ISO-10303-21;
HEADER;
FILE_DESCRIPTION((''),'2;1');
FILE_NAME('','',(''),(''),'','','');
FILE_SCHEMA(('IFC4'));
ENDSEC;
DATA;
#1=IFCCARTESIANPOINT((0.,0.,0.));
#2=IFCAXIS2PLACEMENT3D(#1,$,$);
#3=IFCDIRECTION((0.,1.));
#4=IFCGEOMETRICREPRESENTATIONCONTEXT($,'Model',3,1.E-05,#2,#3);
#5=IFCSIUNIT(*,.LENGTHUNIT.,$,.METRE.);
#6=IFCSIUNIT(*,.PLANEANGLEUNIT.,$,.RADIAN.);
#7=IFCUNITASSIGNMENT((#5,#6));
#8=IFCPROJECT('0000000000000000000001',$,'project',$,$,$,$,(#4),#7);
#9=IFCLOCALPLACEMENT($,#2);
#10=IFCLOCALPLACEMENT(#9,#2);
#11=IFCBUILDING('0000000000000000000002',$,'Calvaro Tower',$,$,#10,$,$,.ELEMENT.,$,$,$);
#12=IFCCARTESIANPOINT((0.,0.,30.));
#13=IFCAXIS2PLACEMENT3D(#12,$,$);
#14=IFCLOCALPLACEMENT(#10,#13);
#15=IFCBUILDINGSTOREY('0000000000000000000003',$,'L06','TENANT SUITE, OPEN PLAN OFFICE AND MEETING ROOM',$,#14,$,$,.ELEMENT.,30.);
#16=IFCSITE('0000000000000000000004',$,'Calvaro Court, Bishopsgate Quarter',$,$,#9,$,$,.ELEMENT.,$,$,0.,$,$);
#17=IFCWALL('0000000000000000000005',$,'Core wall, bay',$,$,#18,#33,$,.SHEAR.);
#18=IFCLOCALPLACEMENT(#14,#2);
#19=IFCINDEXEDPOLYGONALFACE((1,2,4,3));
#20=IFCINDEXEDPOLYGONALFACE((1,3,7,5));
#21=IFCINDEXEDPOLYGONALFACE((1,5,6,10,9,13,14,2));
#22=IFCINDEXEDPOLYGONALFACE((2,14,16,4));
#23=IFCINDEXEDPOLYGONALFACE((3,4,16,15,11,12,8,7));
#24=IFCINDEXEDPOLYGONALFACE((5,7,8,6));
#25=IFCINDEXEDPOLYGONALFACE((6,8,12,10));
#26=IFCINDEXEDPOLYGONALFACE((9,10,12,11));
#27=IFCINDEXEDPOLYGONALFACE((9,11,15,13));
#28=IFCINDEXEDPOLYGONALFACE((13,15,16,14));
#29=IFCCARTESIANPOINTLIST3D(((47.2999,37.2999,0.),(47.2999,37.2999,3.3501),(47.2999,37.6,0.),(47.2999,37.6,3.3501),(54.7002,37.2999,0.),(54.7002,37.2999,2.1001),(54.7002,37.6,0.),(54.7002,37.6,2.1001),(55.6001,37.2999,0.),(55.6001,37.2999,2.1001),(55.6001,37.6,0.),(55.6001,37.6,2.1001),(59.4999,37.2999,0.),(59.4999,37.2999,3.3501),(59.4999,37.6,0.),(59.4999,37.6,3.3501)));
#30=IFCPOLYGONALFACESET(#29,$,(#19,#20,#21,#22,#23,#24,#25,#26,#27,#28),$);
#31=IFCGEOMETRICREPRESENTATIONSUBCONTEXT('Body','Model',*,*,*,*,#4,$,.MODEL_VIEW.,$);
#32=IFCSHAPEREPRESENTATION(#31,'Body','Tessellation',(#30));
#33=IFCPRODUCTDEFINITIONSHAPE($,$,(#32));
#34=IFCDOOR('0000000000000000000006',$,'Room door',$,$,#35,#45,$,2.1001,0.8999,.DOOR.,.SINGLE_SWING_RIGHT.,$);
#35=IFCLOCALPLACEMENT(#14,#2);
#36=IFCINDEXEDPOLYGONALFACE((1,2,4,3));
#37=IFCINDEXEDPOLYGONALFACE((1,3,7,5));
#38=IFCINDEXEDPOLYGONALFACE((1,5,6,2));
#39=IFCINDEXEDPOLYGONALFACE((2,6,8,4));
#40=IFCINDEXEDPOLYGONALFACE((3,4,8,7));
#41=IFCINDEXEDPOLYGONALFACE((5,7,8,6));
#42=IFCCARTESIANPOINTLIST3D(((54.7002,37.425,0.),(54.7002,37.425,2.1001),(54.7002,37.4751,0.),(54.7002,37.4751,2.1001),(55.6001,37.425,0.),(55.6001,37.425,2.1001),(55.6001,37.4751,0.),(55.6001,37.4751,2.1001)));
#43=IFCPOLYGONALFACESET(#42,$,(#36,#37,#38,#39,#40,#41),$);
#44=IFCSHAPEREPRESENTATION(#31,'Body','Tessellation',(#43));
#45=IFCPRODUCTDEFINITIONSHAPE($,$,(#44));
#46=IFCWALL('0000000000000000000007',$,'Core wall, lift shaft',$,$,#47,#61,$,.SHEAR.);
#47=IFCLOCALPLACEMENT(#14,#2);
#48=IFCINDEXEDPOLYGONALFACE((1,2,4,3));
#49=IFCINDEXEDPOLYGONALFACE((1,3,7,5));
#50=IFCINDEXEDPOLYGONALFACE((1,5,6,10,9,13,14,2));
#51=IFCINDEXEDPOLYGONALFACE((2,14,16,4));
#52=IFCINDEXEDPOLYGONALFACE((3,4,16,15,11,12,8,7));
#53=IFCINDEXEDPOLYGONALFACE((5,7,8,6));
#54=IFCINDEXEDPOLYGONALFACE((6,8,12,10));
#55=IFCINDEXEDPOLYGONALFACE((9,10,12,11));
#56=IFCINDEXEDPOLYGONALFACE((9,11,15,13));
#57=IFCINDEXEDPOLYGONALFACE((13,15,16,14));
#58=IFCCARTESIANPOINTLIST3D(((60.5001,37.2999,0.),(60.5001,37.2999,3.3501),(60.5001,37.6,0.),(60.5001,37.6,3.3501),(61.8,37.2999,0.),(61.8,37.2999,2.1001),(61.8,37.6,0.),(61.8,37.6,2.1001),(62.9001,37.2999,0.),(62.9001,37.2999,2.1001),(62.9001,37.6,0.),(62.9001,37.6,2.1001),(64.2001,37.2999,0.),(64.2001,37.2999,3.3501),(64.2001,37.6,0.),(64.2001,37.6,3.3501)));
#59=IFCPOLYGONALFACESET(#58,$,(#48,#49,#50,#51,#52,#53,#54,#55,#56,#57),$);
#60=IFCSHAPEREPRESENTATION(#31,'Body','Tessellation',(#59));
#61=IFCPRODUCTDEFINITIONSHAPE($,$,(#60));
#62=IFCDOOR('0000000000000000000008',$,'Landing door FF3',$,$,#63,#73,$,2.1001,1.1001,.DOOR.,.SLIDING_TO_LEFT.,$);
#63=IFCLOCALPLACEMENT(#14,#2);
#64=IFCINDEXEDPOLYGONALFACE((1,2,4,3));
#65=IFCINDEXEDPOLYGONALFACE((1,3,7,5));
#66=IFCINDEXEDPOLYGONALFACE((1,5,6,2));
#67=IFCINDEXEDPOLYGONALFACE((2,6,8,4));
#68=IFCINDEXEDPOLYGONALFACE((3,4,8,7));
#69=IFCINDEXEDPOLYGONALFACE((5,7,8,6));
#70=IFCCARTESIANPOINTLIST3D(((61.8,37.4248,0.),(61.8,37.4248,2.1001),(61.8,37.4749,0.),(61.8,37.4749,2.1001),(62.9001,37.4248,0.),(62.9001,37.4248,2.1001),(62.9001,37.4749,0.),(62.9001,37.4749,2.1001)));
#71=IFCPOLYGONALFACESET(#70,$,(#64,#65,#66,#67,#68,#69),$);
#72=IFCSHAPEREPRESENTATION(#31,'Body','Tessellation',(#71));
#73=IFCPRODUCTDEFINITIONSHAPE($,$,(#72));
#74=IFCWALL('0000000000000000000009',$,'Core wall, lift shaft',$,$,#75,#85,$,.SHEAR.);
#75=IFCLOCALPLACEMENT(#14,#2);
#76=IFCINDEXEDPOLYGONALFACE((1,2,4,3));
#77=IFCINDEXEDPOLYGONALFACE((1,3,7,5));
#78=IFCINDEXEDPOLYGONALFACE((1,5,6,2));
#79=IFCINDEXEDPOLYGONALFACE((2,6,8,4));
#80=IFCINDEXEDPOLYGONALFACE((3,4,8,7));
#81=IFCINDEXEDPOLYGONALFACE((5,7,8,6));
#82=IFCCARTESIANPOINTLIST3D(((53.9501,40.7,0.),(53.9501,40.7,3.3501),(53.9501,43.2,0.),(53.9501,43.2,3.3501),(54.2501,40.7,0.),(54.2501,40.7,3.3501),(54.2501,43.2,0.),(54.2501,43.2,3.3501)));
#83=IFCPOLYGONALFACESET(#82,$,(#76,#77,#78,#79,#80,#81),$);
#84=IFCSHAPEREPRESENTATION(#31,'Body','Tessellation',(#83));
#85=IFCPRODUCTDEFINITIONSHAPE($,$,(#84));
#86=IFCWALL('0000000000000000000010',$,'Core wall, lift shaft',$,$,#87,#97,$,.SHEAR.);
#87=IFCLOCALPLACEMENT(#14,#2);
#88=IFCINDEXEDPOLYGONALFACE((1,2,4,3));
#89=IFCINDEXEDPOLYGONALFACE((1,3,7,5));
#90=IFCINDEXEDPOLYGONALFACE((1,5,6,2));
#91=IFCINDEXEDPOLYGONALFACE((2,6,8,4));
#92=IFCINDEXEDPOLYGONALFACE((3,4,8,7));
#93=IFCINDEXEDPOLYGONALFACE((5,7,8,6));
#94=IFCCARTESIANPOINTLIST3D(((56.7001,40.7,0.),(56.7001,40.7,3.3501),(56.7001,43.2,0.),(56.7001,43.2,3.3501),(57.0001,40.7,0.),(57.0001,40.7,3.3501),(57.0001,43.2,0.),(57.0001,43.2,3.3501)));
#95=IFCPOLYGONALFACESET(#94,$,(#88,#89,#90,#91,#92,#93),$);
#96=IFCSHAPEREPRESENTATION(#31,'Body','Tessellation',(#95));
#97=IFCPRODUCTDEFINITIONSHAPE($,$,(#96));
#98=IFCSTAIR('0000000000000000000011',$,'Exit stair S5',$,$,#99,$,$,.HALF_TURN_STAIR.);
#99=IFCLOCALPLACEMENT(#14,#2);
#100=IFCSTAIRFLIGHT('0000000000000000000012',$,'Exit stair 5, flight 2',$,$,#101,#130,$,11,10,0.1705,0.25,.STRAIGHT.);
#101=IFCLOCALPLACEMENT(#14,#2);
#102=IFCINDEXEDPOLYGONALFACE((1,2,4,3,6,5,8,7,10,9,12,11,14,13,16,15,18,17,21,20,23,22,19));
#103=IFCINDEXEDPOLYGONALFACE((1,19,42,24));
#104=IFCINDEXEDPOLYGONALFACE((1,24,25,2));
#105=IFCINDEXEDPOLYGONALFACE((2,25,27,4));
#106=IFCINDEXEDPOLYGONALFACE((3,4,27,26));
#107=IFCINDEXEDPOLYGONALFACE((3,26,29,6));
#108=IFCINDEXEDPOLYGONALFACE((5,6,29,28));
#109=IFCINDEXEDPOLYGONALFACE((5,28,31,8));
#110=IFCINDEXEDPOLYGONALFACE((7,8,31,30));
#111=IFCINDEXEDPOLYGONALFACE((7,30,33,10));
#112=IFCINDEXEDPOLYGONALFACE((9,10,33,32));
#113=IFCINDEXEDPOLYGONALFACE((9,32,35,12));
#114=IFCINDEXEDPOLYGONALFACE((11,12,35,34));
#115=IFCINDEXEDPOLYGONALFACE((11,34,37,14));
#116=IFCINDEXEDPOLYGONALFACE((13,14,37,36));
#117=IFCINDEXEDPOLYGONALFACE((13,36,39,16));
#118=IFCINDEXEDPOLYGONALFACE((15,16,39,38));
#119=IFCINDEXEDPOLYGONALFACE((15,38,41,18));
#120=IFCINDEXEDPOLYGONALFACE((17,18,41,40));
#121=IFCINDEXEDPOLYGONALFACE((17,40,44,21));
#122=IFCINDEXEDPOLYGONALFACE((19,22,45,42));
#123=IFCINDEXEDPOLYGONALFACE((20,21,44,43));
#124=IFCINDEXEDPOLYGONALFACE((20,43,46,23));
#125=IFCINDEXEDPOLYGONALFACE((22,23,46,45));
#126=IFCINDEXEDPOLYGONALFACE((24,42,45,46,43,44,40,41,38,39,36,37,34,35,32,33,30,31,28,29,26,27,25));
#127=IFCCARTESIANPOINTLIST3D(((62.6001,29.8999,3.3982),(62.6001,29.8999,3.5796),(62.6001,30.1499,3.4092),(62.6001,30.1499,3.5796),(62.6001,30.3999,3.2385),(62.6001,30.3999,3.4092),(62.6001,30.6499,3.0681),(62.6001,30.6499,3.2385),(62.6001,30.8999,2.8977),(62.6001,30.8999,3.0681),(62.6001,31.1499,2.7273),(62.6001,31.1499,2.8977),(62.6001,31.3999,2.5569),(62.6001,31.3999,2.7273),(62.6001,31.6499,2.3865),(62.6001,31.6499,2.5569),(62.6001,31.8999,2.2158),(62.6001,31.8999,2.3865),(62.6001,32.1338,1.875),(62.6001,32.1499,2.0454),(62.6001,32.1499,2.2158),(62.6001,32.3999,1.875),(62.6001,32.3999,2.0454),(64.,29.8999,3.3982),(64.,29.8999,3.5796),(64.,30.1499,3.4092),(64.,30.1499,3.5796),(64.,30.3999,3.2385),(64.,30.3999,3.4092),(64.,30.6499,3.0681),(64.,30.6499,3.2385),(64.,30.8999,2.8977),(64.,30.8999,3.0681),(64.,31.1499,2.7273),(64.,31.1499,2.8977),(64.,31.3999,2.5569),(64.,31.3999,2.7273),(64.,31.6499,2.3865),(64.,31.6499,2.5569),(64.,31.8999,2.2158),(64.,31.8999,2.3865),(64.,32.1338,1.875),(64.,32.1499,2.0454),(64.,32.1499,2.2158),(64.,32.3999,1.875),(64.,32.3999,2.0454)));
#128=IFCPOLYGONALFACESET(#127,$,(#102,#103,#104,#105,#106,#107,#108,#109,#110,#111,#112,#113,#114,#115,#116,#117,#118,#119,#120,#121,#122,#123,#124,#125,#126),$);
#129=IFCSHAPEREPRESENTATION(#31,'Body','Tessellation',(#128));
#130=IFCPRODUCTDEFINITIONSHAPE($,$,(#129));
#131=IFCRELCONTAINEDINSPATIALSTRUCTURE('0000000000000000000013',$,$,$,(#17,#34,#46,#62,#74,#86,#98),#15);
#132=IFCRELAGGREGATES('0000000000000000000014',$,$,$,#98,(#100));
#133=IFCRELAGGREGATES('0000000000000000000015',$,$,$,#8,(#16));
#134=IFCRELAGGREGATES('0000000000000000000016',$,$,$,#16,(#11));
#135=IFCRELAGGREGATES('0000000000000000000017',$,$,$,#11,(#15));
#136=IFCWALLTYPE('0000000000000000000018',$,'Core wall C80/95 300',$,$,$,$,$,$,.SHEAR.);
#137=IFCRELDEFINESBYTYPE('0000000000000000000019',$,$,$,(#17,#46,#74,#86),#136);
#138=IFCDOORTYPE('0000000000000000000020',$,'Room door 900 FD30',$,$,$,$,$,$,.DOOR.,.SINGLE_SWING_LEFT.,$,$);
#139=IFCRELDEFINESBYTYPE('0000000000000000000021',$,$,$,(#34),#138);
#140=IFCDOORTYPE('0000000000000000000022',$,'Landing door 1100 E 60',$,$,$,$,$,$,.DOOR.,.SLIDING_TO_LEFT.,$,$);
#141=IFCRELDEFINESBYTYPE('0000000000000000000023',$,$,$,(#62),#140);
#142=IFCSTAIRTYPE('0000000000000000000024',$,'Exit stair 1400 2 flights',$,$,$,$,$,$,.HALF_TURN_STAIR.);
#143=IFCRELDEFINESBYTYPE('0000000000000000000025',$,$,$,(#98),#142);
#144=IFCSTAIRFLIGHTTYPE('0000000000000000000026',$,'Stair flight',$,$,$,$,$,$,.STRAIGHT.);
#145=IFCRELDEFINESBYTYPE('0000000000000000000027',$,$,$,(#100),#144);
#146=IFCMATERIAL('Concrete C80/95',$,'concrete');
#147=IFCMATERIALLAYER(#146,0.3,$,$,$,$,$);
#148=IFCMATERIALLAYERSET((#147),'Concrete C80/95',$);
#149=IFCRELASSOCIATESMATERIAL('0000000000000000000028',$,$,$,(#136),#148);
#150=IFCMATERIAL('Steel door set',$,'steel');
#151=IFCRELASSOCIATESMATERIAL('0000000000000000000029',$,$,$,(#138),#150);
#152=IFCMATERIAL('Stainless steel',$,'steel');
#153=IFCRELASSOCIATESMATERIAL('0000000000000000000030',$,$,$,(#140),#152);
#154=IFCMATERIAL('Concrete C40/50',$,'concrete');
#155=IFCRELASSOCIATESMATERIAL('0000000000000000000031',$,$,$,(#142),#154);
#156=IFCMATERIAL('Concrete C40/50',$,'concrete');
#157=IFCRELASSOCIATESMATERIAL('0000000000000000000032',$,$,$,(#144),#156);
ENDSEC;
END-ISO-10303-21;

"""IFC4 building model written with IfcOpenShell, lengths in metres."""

from ifc_helpers import new_model, si_unit, direction, frame, frame_2d, origin, place, context, subcontext, project, spatial, polyline, rectangle, outline, extrude, material, layer, layer_set, type_object, element, fill, aggregate, save


model = new_model("IFC4")

# Units and contexts
model_context = context("Model", 3, precision=1e-05, world=origin(), true_north=direction((0.0, 1.0)))
body_context = subcontext(model_context, "Body", "Model", "MODEL_VIEW")
ifc_project = project(units=[si_unit("LENGTHUNIT", "METRE"), si_unit("PLANEANGLEUNIT", "RADIAN")], contexts=[model_context])

# Site, building, storey
site_placement = place(None, origin())
site = spatial("IfcSite", under=ifc_project, at=site_placement, Name="Calvaro Court, Bishopsgate Quarter", CompositionType="ELEMENT", RefElevation=0.0)
building_placement = place(site_placement, origin())
building = spatial("IfcBuilding", under=site, at=building_placement, Name="Calvaro Tower", CompositionType="ELEMENT")
storey_placement = place(building_placement, frame((0.0, 0.0, 30.0)))
storey = spatial("IfcBuildingStorey", under=building, at=storey_placement, Name="L06", Description="TENANT SUITE, OPEN PLAN OFFICE AND MEETING ROOM", CompositionType="ELEMENT", Elevation=30.0)

# Shared definitions
ifc_material_1 = material(Name="Concrete C80/95", Category="concrete")
ifc_layer_1 = layer(ifc_material_1, 0.3)
ifc_layer_set_1 = layer_set([ifc_layer_1], Name="Concrete C80/95")
wall_type_1 = type_object("IfcWallType", Name="Core wall C80/95 300", PredefinedType="SHEAR", material=ifc_layer_set_1)

# Walls, openings, doors
wall_1_placement = place(storey_placement, frame((59.5, 37.45, 0.0), z_axis=(0.0, 0.0, 1.0), x_axis=(-1.0, 0.0, 0.0)))
wall_1 = element("IfcWall", 1, at=wall_1_placement, inside=storey, type_object=wall_type_1, Name="Core wall, bay", PredefinedType="SHEAR", context=body_context, shape_type="SweptSolid", body=[
    extrude(rectangle(XDim=12.2, YDim=0.3, at=frame_2d((6.1001, 0.0))), origin(), (0.0, 0.0, 1.0), 3.3501),
])
opening_1_placement = place(wall_1_placement, frame((3.8999, 0.0, 0.0)))
opening_1 = element("IfcOpeningElement", 2, at=opening_1_placement, cuts=wall_1, PredefinedType="OPENING", context=body_context, shape_type="SweptSolid", body=[
    extrude(rectangle(XDim=0.8999, YDim=2.1001, at=frame_2d((0.45, 1.05))), frame((0.0, 0.1599, 0.0), z_axis=(0.0, -1.0, 0.0), x_axis=(1.0, 0.0, 0.0)), (0.0, 0.0, 1.0), 0.3201),
])
ifc_material_2 = material(Name="Steel door set", Category="steel")
door_type_1 = type_object("IfcDoorType", Name="Room door 900 FD30", OperationType="SINGLE_SWING_LEFT", PredefinedType="DOOR", material=ifc_material_2)
door_1_placement = place(opening_1_placement, origin())
door_1 = element("IfcDoor", 3, at=door_1_placement, inside=storey, type_object=door_type_1, Name="Room door", OperationType="SINGLE_SWING_RIGHT", OverallHeight=2.1001, OverallWidth=0.8999, PredefinedType="DOOR", context=body_context, shape_type="SweptSolid", body=[
    extrude(rectangle(XDim=0.8999, YDim=2.1001, at=frame_2d((0.45, 1.05))), frame((0.0, 0.0249, 0.0), z_axis=(0.0, -1.0, 0.0), x_axis=(1.0, 0.0, 0.0)), (0.0, 0.0, 1.0), 0.05),
])
fill(opening_1, door_1)
wall_2_placement = place(storey_placement, frame((60.5, 37.45, 0.0), z_axis=(0.0, 0.0, 1.0), x_axis=(1.0, 0.0, 0.0)))
wall_2 = element("IfcWall", 4, at=wall_2_placement, inside=storey, type_object=wall_type_1, Name="Core wall, lift shaft", PredefinedType="SHEAR", context=body_context, shape_type="SweptSolid", body=[
    extrude(rectangle(XDim=3.7, YDim=0.3, at=frame_2d((1.8501, 0.0))), origin(), (0.0, 0.0, 1.0), 3.3501),
])
opening_2_placement = place(wall_2_placement, frame((1.3, 0.0, 0.0)))
opening_2 = element("IfcOpeningElement", 5, at=opening_2_placement, cuts=wall_2, PredefinedType="OPENING", context=body_context, shape_type="SweptSolid", body=[
    extrude(rectangle(XDim=1.1001, YDim=2.1001, at=frame_2d((0.55, 1.05))), frame((0.0, 0.1599, 0.0), z_axis=(0.0, -1.0, 0.0), x_axis=(1.0, 0.0, 0.0)), (0.0, 0.0, 1.0), 0.3201),
])
ifc_material_3 = material(Name="Stainless steel", Category="steel")
door_type_2 = type_object("IfcDoorType", Name="Landing door 1100 E 60", OperationType="SLIDING_TO_LEFT", PredefinedType="DOOR", material=ifc_material_3)
door_2_placement = place(opening_2_placement, origin())
door_2 = element("IfcDoor", 6, at=door_2_placement, inside=storey, type_object=door_type_2, Name="Landing door FF3", OperationType="SLIDING_TO_LEFT", OverallHeight=2.1001, OverallWidth=1.1001, PredefinedType="DOOR", context=body_context, shape_type="SweptSolid", body=[
    extrude(rectangle(XDim=1.1001, YDim=2.1001, at=frame_2d((0.55, 1.05))), frame((0.0, 0.0249, 0.0), z_axis=(0.0, -1.0, 0.0), x_axis=(1.0, 0.0, 0.0)), (0.0, 0.0, 1.0), 0.05),
])
fill(opening_2, door_2)

# Walls
for number, where, z_axis, x_axis, name in (
    (7, (54.1001, 40.7, 0.0), (0.0, 0.0, 1.0), (0.0, 1.0, 0.0), "Core wall, lift shaft"),
    (8, (56.8501, 40.7, 0.0), (0.0, 0.0, 1.0), (0.0, 1.0, 0.0), "Core wall, lift shaft"),
):
    element("IfcWall", number, at=place(storey_placement, frame(where, z_axis=z_axis, x_axis=x_axis)), inside=storey, type_object=wall_type_1, Name=name, PredefinedType="SHEAR", context=body_context, shape_type="SweptSolid", body=[
        extrude(rectangle(XDim=2.5, YDim=0.3, at=frame_2d((1.25, 0.0))), origin(), (0.0, 0.0, 1.0), 3.3501),
    ])

# Stair, stair flight
ifc_material_4 = material(Name="Concrete C40/50", Category="concrete")
stair_type = type_object("IfcStairType", Name="Exit stair 1400 2 flights", PredefinedType="HALF_TURN_STAIR", material=ifc_material_4)
stair_1_placement = place(storey_placement, origin())
stair_1 = element("IfcStair", 9, at=stair_1_placement, inside=storey, type_object=stair_type, Name="Exit stair S5", PredefinedType="HALF_TURN_STAIR")
ifc_material_5 = material(Name="Concrete C40/50", Category="concrete")
stair_flight_type = type_object("IfcStairFlightType", Name="Stair flight", PredefinedType="STRAIGHT", material=ifc_material_5)
stair_flight_placement = place(storey_placement, frame((63.3, 32.3999, 1.875), z_axis=(0.0, 0.0, 1.0), x_axis=(0.0, -1.0, 0.0)))
stair_flight = element("IfcStairFlight", 10, at=stair_flight_placement, type_object=stair_flight_type, Name="Exit stair 5, flight 2", NumberOfRisers=11, NumberOfTreads=10, PredefinedType="STRAIGHT", RiserHeight=0.1705, TreadLength=0.25, context=body_context, shape_type="SweptSolid", body=[
    extrude(outline(polyline([(0.0, 0.0), (0.0, 0.1704), (0.25, 0.1704), (0.25, 0.3408), (0.5, 0.3408), (0.5, 0.5115), (0.75, 0.5115), (0.75, 0.6819), (1.0, 0.6819), (1.0, 0.8523), (1.25, 0.8523), (1.25, 1.0227), (1.5, 1.0227), (1.5, 1.1931), (1.75, 1.1931), (1.75, 1.3635), (2.0, 1.3635), (2.0, 1.5342), (2.25, 1.5342), (2.25, 1.7046), (2.5, 1.7046), (2.5, 1.875), (2.5, 1.5232), (0.2661, 0.0), (0.0, 0.0)])), frame((0.0, 0.7, 0.0), z_axis=(0.0, -1.0, 0.0), x_axis=(1.0, 0.0, 0.0)), (0.0, 0.0, 1.0), 1.3999),
])

aggregate(stair_1, [stair_flight])

save(model, "model.ifc")
